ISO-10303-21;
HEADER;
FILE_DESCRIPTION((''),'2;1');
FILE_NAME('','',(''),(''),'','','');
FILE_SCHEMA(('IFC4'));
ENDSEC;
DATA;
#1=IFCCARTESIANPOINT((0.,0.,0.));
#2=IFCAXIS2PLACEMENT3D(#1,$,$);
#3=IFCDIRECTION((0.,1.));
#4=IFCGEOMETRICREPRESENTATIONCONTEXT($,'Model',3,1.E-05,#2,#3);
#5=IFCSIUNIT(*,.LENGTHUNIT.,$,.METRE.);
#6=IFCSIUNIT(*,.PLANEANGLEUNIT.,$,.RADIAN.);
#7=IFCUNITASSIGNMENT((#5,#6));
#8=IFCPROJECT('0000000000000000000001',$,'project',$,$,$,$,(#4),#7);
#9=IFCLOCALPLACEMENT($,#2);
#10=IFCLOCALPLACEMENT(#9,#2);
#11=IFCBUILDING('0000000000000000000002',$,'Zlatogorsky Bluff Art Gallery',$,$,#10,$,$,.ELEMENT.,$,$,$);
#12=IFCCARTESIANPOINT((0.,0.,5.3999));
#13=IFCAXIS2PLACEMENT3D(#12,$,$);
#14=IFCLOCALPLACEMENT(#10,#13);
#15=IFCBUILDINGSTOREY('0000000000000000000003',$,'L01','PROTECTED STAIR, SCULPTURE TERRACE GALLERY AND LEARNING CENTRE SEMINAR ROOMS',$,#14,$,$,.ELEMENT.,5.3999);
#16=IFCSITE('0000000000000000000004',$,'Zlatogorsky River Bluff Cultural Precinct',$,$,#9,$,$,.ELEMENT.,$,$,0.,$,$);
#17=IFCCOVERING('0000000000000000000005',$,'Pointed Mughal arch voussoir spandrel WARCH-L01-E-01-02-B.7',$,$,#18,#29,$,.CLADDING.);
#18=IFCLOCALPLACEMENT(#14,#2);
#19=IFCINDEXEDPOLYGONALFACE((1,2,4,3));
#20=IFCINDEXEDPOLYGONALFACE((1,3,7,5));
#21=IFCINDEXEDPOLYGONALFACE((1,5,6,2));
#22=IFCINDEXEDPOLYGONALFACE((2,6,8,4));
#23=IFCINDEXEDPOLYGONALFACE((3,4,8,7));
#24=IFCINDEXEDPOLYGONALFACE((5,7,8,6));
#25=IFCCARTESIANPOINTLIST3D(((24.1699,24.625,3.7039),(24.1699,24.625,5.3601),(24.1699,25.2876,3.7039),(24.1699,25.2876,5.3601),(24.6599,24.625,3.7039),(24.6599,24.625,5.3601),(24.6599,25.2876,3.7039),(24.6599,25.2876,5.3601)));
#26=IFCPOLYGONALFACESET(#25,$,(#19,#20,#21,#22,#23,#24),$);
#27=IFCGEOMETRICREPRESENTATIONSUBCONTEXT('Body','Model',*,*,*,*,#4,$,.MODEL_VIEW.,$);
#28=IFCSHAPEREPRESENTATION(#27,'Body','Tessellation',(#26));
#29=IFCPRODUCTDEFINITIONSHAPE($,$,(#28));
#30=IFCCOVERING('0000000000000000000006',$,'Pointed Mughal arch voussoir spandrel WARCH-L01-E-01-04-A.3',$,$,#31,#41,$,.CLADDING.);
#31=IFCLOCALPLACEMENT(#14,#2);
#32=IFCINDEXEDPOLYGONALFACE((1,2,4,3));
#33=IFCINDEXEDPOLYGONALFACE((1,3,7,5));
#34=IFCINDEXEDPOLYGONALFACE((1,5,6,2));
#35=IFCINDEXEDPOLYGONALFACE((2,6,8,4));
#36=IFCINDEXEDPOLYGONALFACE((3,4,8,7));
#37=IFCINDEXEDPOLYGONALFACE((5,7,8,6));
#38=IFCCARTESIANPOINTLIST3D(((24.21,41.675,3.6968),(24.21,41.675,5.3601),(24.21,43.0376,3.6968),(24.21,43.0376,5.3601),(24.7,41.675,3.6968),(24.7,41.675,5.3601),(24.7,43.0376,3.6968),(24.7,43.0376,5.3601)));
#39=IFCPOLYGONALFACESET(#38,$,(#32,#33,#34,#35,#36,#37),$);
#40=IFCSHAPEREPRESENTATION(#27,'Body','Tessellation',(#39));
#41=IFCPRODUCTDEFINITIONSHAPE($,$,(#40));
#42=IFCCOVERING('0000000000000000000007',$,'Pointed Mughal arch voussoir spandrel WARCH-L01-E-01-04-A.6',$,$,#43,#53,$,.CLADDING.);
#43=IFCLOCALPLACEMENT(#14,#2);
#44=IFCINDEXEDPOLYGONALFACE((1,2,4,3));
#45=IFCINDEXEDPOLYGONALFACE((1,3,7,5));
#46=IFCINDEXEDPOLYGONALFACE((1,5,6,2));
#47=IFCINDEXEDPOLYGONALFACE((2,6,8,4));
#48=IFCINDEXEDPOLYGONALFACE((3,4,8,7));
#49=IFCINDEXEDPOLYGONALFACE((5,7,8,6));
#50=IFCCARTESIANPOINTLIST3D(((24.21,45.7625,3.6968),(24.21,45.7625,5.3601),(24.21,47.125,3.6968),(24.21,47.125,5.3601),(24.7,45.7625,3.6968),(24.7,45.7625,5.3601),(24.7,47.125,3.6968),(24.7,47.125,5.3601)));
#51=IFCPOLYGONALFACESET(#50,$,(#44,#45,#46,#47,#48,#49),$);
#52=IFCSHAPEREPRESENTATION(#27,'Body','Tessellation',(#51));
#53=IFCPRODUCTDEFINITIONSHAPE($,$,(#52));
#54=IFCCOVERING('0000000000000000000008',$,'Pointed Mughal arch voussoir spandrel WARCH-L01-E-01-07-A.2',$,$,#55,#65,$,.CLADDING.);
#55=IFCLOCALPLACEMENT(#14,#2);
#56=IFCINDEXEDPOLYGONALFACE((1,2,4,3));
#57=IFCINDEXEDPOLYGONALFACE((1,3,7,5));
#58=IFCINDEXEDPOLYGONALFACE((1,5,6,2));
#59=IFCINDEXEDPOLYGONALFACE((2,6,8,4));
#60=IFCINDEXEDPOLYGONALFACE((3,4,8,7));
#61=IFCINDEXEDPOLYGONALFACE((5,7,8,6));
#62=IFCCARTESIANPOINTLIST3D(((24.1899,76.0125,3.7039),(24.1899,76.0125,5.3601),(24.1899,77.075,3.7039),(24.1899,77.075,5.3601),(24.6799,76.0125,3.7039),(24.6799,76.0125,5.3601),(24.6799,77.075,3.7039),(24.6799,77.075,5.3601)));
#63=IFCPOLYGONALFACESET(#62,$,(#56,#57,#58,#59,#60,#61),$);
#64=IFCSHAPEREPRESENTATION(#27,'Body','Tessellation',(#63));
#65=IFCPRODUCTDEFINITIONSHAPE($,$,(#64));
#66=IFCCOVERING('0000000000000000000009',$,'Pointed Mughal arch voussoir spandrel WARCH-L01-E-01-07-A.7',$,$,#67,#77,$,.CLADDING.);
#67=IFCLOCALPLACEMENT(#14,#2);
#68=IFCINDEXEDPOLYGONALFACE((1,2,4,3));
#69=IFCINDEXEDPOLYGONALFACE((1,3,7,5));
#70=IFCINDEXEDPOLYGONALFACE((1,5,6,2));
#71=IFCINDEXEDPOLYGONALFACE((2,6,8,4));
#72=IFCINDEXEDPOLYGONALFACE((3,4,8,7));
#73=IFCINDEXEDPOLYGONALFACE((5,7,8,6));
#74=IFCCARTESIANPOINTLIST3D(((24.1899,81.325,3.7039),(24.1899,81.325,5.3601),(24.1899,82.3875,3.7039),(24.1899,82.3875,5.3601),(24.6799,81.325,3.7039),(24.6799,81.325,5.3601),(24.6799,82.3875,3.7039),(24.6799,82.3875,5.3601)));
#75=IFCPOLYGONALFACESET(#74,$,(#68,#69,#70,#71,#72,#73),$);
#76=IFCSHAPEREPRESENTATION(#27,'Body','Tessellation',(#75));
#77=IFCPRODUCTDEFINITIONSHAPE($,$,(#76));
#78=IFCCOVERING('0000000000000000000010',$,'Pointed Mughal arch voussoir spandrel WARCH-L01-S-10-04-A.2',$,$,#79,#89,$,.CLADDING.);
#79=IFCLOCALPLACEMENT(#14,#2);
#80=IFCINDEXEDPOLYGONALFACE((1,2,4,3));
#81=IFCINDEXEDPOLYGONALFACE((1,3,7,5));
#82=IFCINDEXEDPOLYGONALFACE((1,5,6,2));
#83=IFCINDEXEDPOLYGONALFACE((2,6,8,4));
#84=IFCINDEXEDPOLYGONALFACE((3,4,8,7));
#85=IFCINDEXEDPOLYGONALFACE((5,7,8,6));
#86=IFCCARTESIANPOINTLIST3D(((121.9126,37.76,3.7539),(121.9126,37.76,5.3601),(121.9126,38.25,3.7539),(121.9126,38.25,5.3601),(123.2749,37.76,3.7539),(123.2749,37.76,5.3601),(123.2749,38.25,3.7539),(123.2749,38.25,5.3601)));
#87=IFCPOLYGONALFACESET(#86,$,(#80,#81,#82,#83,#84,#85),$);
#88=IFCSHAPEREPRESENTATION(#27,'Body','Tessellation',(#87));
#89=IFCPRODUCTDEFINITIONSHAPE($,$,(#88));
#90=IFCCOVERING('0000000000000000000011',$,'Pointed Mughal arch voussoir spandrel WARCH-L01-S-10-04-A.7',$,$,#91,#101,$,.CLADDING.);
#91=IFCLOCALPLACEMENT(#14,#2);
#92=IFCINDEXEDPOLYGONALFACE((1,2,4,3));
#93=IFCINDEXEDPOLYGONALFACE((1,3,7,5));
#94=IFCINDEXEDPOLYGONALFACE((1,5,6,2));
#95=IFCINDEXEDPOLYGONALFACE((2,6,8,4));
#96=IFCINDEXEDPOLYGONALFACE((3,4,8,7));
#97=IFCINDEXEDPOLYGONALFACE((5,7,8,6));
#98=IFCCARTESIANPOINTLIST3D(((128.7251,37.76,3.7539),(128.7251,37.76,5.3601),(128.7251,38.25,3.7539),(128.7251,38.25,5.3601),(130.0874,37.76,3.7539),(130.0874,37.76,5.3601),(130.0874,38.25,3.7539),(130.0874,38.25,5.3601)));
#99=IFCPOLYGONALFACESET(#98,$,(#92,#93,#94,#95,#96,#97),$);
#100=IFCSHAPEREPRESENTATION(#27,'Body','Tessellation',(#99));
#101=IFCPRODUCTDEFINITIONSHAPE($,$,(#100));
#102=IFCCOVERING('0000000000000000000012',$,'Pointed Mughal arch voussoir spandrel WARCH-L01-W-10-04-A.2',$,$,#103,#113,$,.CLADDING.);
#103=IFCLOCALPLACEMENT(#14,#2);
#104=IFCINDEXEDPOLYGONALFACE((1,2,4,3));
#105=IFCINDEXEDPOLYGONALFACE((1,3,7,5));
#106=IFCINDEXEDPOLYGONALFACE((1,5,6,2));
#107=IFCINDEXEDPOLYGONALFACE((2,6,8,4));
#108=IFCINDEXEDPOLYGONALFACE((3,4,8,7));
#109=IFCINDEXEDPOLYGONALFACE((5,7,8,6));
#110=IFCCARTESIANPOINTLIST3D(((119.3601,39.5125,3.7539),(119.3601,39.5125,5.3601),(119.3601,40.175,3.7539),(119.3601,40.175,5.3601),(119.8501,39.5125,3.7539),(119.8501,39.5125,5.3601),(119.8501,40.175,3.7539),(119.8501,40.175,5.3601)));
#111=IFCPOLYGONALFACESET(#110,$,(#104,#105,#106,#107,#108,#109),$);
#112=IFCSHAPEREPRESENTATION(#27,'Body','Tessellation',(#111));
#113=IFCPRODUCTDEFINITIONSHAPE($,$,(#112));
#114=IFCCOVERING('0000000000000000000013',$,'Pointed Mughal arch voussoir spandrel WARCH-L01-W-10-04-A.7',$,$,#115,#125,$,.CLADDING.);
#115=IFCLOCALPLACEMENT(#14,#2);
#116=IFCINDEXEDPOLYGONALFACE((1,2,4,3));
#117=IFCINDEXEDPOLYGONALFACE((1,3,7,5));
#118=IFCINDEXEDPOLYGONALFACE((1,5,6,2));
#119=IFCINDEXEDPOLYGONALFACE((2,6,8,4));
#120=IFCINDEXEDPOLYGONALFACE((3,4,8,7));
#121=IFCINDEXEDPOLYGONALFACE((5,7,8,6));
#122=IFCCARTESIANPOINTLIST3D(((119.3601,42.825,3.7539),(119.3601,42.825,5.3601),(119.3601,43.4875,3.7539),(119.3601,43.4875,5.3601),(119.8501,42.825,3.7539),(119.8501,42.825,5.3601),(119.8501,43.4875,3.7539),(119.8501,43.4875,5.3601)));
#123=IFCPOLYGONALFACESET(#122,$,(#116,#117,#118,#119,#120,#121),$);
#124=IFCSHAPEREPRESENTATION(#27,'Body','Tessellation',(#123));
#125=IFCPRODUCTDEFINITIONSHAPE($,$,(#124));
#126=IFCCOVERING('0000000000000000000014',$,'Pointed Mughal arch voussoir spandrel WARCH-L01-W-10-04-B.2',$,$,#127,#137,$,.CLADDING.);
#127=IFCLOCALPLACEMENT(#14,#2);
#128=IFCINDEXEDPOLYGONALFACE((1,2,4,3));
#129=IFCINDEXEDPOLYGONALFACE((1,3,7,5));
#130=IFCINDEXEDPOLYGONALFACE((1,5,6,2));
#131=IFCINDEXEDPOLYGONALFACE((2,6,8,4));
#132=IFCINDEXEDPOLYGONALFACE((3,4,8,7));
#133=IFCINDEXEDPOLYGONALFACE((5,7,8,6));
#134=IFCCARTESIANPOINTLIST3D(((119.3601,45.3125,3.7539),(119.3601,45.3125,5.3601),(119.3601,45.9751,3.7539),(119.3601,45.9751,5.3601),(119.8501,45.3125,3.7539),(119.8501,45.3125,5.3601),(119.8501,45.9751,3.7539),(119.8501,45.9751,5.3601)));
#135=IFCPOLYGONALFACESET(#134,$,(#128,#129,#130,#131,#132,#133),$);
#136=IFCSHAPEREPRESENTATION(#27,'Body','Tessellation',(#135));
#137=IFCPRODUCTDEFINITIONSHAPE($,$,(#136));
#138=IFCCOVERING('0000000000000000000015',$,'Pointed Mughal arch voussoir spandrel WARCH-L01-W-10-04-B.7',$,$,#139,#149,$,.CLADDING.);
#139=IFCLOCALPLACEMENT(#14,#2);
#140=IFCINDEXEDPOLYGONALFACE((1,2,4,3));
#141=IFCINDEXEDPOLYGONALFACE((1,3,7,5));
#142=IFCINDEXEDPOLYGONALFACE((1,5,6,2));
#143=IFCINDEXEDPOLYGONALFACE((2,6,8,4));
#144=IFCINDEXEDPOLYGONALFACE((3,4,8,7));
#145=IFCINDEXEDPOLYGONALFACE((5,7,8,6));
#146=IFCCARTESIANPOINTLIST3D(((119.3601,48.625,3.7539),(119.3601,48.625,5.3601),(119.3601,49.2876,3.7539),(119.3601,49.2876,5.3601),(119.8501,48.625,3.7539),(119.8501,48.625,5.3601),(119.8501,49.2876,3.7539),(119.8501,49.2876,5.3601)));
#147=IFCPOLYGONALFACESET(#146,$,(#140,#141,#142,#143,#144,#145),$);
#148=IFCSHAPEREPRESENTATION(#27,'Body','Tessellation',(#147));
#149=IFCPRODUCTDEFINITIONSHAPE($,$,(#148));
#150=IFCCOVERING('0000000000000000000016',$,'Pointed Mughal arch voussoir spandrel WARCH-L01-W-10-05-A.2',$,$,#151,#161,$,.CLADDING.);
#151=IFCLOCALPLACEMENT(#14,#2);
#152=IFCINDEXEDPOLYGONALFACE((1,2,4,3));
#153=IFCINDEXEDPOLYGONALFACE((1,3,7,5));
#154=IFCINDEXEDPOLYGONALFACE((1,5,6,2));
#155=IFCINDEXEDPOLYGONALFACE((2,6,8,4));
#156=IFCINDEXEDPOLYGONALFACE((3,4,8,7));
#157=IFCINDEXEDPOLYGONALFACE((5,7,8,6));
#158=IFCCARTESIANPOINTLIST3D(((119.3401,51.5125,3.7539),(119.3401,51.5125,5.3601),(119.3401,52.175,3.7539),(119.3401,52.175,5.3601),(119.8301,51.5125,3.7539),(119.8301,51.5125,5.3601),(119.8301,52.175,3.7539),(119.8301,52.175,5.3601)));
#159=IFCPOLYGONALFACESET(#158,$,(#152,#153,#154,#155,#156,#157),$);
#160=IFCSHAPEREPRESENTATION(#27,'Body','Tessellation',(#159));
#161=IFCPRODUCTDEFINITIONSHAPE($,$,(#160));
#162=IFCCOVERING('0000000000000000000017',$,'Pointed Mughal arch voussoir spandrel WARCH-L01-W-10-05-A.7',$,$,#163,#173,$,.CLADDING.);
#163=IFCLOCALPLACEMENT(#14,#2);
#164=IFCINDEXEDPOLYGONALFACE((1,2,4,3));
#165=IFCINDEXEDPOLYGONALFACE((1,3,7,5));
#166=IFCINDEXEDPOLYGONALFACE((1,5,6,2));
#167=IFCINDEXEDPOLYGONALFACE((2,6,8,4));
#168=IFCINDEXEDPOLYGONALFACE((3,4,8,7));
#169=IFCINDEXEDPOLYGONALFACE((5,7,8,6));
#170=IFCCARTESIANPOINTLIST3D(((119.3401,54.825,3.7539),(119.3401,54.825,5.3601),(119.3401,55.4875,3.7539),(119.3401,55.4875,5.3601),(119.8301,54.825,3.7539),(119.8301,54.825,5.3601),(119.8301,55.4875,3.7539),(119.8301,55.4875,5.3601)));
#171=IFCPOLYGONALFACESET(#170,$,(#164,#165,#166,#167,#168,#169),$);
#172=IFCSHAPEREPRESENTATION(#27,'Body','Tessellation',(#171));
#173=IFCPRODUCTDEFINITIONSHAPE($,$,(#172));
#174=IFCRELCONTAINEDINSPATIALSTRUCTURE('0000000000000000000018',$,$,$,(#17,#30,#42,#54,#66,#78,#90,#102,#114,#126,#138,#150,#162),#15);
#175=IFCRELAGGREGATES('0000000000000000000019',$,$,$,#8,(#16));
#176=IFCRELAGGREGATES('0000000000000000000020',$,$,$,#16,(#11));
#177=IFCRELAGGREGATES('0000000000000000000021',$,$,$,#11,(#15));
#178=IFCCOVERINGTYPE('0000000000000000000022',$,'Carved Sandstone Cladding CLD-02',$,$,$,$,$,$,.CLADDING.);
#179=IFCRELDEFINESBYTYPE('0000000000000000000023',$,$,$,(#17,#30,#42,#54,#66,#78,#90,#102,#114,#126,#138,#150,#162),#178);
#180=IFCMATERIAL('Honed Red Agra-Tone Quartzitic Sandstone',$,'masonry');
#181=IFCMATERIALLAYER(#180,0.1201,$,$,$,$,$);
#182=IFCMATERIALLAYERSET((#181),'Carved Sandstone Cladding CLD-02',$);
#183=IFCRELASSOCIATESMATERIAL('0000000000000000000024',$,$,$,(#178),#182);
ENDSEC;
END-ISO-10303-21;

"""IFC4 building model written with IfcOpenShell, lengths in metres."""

from ifc_helpers import new_model, si_unit, direction, frame, origin, place, context, subcontext, project, spatial, polyline, outline, extrude, material, layer, layer_set, type_object, element, save


model = new_model("IFC4")

# Units and contexts
model_context = context("Model", 3, precision=1e-05, world=origin(), true_north=direction((0.0, 1.0)))
body_context = subcontext(model_context, "Body", "Model", "MODEL_VIEW")
ifc_project = project(units=[si_unit("LENGTHUNIT", "METRE"), si_unit("PLANEANGLEUNIT", "RADIAN")], contexts=[model_context])

# Site, building, storey
site_placement = place(None, origin())
site = spatial("IfcSite", under=ifc_project, at=site_placement, Name="Zlatogorsky River Bluff Cultural Precinct", CompositionType="ELEMENT", RefElevation=0.0)
building_placement = place(site_placement, origin())
building = spatial("IfcBuilding", under=site, at=building_placement, Name="Zlatogorsky Bluff Art Gallery", CompositionType="ELEMENT")
storey_placement = place(building_placement, frame((0.0, 0.0, 5.3999)))
storey = spatial("IfcBuildingStorey", under=building, at=storey_placement, Name="L01", Description="PROTECTED STAIR, SCULPTURE TERRACE GALLERY AND LEARNING CENTRE SEMINAR ROOMS", CompositionType="ELEMENT", Elevation=5.3999)

# Coverings
ifc_material = material(Name="Honed Red Agra-Tone Quartzitic Sandstone", Category="masonry")
ifc_layer = layer(ifc_material, 0.1201)
ifc_layer_set = layer_set([ifc_layer], Name="Carved Sandstone Cladding CLD-02")
covering_type = type_object("IfcCoveringType", Name="Carved Sandstone Cladding CLD-02", PredefinedType="CLADDING", material=ifc_layer_set)
covering_1_placement = place(storey_placement, frame((0.0, 0.0, 3.7039)))
element("IfcCovering", 1, at=covering_1_placement, inside=storey, type_object=covering_type, Name="Pointed Mughal arch voussoir spandrel WARCH-L01-E-01-02-B.7", PredefinedType="CLADDING", context=body_context, shape_type="SweptSolid", body=[
    extrude(outline(polyline([(24.1699, 24.625), (24.1699, 25.2876), (24.6599, 25.2876), (24.6599, 24.625), (24.1699, 24.625)])), origin(), (0.0, 0.0, 1.0), 1.6562),
])
covering_2_placement = place(storey_placement, frame((0.0, 0.0, 3.6968)))
element("IfcCovering", 2, at=covering_2_placement, inside=storey, type_object=covering_type, Name="Pointed Mughal arch voussoir spandrel WARCH-L01-E-01-04-A.3", PredefinedType="CLADDING", context=body_context, shape_type="SweptSolid", body=[
    extrude(outline(polyline([(24.21, 41.675), (24.21, 43.0376), (24.7, 43.0376), (24.7, 41.675), (24.21, 41.675)])), origin(), (0.0, 0.0, 1.0), 1.6633),
])
covering_3_placement = place(storey_placement, frame((0.0, 0.0, 3.6968)))
element("IfcCovering", 3, at=covering_3_placement, inside=storey, type_object=covering_type, Name="Pointed Mughal arch voussoir spandrel WARCH-L01-E-01-04-A.6", PredefinedType="CLADDING", context=body_context, shape_type="SweptSolid", body=[
    extrude(outline(polyline([(24.21, 45.7625), (24.21, 47.125), (24.7, 47.125), (24.7, 45.7625), (24.21, 45.7625)])), origin(), (0.0, 0.0, 1.0), 1.6633),
])
covering_4_placement = place(storey_placement, frame((0.0, 0.0, 3.7039)))
element("IfcCovering", 4, at=covering_4_placement, inside=storey, type_object=covering_type, Name="Pointed Mughal arch voussoir spandrel WARCH-L01-E-01-07-A.2", PredefinedType="CLADDING", context=body_context, shape_type="SweptSolid", body=[
    extrude(outline(polyline([(24.1899, 76.0125), (24.1899, 77.075), (24.6799, 77.075), (24.6799, 76.0125), (24.1899, 76.0125)])), origin(), (0.0, 0.0, 1.0), 1.6562),
])
covering_5_placement = place(storey_placement, frame((0.0, 0.0, 3.7039)))
element("IfcCovering", 5, at=covering_5_placement, inside=storey, type_object=covering_type, Name="Pointed Mughal arch voussoir spandrel WARCH-L01-E-01-07-A.7", PredefinedType="CLADDING", context=body_context, shape_type="SweptSolid", body=[
    extrude(outline(polyline([(24.1899, 81.325), (24.1899, 82.3875), (24.6799, 82.3875), (24.6799, 81.325), (24.1899, 81.325)])), origin(), (0.0, 0.0, 1.0), 1.6562),
])
covering_6_placement = place(storey_placement, frame((0.0, 0.0, 3.7539)))
element("IfcCovering", 6, at=covering_6_placement, inside=storey, type_object=covering_type, Name="Pointed Mughal arch voussoir spandrel WARCH-L01-S-10-04-A.2", PredefinedType="CLADDING", context=body_context, shape_type="SweptSolid", body=[
    extrude(outline(polyline([(121.9126, 37.76), (123.2749, 37.76), (123.2749, 38.25), (121.9126, 38.25), (121.9126, 37.76)])), origin(), (0.0, 0.0, 1.0), 1.6062),
])
covering_7_placement = place(storey_placement, frame((0.0, 0.0, 3.7539)))
element("IfcCovering", 7, at=covering_7_placement, inside=storey, type_object=covering_type, Name="Pointed Mughal arch voussoir spandrel WARCH-L01-S-10-04-A.7", PredefinedType="CLADDING", context=body_context, shape_type="SweptSolid", body=[
    extrude(outline(polyline([(128.7251, 37.76), (130.0874, 37.76), (130.0874, 38.25), (128.7251, 38.25), (128.7251, 37.76)])), origin(), (0.0, 0.0, 1.0), 1.6062),
])
covering_8_placement = place(storey_placement, frame((0.0, 0.0, 3.7539)))
element("IfcCovering", 8, at=covering_8_placement, inside=storey, type_object=covering_type, Name="Pointed Mughal arch voussoir spandrel WARCH-L01-W-10-04-A.2", PredefinedType="CLADDING", context=body_context, shape_type="SweptSolid", body=[
    extrude(outline(polyline([(119.3601, 39.5125), (119.3601, 40.175), (119.8501, 40.175), (119.8501, 39.5125), (119.3601, 39.5125)])), origin(), (0.0, 0.0, 1.0), 1.6062),
])
covering_9_placement = place(storey_placement, frame((0.0, 0.0, 3.7539)))
element("IfcCovering", 9, at=covering_9_placement, inside=storey, type_object=covering_type, Name="Pointed Mughal arch voussoir spandrel WARCH-L01-W-10-04-A.7", PredefinedType="CLADDING", context=body_context, shape_type="SweptSolid", body=[
    extrude(outline(polyline([(119.3601, 42.825), (119.3601, 43.4875), (119.8501, 43.4875), (119.8501, 42.825), (119.3601, 42.825)])), origin(), (0.0, 0.0, 1.0), 1.6062),
])
covering_10_placement = place(storey_placement, frame((0.0, 0.0, 3.7539)))
element("IfcCovering", 10, at=covering_10_placement, inside=storey, type_object=covering_type, Name="Pointed Mughal arch voussoir spandrel WARCH-L01-W-10-04-B.2", PredefinedType="CLADDING", context=body_context, shape_type="SweptSolid", body=[
    extrude(outline(polyline([(119.3601, 45.3125), (119.3601, 45.9751), (119.8501, 45.9751), (119.8501, 45.3125), (119.3601, 45.3125)])), origin(), (0.0, 0.0, 1.0), 1.6062),
])
covering_11_placement = place(storey_placement, frame((0.0, 0.0, 3.7539)))
element("IfcCovering", 11, at=covering_11_placement, inside=storey, type_object=covering_type, Name="Pointed Mughal arch voussoir spandrel WARCH-L01-W-10-04-B.7", PredefinedType="CLADDING", context=body_context, shape_type="SweptSolid", body=[
    extrude(outline(polyline([(119.3601, 48.625), (119.3601, 49.2876), (119.8501, 49.2876), (119.8501, 48.625), (119.3601, 48.625)])), origin(), (0.0, 0.0, 1.0), 1.6062),
])
covering_12_placement = place(storey_placement, frame((0.0, 0.0, 3.7539)))
element("IfcCovering", 12, at=covering_12_placement, inside=storey, type_object=covering_type, Name="Pointed Mughal arch voussoir spandrel WARCH-L01-W-10-05-A.2", PredefinedType="CLADDING", context=body_context, shape_type="SweptSolid", body=[
    extrude(outline(polyline([(119.3401, 51.5125), (119.3401, 52.175), (119.8301, 52.175), (119.8301, 51.5125), (119.3401, 51.5125)])), origin(), (0.0, 0.0, 1.0), 1.6062),
])
covering_13_placement = place(storey_placement, frame((0.0, 0.0, 3.7539)))
element("IfcCovering", 13, at=covering_13_placement, inside=storey, type_object=covering_type, Name="Pointed Mughal arch voussoir spandrel WARCH-L01-W-10-05-A.7", PredefinedType="CLADDING", context=body_context, shape_type="SweptSolid", body=[
    extrude(outline(polyline([(119.3401, 54.825), (119.3401, 55.4875), (119.8301, 55.4875), (119.8301, 54.825), (119.3401, 54.825)])), origin(), (0.0, 0.0, 1.0), 1.6062),
])

save(model, "model.ifc")
